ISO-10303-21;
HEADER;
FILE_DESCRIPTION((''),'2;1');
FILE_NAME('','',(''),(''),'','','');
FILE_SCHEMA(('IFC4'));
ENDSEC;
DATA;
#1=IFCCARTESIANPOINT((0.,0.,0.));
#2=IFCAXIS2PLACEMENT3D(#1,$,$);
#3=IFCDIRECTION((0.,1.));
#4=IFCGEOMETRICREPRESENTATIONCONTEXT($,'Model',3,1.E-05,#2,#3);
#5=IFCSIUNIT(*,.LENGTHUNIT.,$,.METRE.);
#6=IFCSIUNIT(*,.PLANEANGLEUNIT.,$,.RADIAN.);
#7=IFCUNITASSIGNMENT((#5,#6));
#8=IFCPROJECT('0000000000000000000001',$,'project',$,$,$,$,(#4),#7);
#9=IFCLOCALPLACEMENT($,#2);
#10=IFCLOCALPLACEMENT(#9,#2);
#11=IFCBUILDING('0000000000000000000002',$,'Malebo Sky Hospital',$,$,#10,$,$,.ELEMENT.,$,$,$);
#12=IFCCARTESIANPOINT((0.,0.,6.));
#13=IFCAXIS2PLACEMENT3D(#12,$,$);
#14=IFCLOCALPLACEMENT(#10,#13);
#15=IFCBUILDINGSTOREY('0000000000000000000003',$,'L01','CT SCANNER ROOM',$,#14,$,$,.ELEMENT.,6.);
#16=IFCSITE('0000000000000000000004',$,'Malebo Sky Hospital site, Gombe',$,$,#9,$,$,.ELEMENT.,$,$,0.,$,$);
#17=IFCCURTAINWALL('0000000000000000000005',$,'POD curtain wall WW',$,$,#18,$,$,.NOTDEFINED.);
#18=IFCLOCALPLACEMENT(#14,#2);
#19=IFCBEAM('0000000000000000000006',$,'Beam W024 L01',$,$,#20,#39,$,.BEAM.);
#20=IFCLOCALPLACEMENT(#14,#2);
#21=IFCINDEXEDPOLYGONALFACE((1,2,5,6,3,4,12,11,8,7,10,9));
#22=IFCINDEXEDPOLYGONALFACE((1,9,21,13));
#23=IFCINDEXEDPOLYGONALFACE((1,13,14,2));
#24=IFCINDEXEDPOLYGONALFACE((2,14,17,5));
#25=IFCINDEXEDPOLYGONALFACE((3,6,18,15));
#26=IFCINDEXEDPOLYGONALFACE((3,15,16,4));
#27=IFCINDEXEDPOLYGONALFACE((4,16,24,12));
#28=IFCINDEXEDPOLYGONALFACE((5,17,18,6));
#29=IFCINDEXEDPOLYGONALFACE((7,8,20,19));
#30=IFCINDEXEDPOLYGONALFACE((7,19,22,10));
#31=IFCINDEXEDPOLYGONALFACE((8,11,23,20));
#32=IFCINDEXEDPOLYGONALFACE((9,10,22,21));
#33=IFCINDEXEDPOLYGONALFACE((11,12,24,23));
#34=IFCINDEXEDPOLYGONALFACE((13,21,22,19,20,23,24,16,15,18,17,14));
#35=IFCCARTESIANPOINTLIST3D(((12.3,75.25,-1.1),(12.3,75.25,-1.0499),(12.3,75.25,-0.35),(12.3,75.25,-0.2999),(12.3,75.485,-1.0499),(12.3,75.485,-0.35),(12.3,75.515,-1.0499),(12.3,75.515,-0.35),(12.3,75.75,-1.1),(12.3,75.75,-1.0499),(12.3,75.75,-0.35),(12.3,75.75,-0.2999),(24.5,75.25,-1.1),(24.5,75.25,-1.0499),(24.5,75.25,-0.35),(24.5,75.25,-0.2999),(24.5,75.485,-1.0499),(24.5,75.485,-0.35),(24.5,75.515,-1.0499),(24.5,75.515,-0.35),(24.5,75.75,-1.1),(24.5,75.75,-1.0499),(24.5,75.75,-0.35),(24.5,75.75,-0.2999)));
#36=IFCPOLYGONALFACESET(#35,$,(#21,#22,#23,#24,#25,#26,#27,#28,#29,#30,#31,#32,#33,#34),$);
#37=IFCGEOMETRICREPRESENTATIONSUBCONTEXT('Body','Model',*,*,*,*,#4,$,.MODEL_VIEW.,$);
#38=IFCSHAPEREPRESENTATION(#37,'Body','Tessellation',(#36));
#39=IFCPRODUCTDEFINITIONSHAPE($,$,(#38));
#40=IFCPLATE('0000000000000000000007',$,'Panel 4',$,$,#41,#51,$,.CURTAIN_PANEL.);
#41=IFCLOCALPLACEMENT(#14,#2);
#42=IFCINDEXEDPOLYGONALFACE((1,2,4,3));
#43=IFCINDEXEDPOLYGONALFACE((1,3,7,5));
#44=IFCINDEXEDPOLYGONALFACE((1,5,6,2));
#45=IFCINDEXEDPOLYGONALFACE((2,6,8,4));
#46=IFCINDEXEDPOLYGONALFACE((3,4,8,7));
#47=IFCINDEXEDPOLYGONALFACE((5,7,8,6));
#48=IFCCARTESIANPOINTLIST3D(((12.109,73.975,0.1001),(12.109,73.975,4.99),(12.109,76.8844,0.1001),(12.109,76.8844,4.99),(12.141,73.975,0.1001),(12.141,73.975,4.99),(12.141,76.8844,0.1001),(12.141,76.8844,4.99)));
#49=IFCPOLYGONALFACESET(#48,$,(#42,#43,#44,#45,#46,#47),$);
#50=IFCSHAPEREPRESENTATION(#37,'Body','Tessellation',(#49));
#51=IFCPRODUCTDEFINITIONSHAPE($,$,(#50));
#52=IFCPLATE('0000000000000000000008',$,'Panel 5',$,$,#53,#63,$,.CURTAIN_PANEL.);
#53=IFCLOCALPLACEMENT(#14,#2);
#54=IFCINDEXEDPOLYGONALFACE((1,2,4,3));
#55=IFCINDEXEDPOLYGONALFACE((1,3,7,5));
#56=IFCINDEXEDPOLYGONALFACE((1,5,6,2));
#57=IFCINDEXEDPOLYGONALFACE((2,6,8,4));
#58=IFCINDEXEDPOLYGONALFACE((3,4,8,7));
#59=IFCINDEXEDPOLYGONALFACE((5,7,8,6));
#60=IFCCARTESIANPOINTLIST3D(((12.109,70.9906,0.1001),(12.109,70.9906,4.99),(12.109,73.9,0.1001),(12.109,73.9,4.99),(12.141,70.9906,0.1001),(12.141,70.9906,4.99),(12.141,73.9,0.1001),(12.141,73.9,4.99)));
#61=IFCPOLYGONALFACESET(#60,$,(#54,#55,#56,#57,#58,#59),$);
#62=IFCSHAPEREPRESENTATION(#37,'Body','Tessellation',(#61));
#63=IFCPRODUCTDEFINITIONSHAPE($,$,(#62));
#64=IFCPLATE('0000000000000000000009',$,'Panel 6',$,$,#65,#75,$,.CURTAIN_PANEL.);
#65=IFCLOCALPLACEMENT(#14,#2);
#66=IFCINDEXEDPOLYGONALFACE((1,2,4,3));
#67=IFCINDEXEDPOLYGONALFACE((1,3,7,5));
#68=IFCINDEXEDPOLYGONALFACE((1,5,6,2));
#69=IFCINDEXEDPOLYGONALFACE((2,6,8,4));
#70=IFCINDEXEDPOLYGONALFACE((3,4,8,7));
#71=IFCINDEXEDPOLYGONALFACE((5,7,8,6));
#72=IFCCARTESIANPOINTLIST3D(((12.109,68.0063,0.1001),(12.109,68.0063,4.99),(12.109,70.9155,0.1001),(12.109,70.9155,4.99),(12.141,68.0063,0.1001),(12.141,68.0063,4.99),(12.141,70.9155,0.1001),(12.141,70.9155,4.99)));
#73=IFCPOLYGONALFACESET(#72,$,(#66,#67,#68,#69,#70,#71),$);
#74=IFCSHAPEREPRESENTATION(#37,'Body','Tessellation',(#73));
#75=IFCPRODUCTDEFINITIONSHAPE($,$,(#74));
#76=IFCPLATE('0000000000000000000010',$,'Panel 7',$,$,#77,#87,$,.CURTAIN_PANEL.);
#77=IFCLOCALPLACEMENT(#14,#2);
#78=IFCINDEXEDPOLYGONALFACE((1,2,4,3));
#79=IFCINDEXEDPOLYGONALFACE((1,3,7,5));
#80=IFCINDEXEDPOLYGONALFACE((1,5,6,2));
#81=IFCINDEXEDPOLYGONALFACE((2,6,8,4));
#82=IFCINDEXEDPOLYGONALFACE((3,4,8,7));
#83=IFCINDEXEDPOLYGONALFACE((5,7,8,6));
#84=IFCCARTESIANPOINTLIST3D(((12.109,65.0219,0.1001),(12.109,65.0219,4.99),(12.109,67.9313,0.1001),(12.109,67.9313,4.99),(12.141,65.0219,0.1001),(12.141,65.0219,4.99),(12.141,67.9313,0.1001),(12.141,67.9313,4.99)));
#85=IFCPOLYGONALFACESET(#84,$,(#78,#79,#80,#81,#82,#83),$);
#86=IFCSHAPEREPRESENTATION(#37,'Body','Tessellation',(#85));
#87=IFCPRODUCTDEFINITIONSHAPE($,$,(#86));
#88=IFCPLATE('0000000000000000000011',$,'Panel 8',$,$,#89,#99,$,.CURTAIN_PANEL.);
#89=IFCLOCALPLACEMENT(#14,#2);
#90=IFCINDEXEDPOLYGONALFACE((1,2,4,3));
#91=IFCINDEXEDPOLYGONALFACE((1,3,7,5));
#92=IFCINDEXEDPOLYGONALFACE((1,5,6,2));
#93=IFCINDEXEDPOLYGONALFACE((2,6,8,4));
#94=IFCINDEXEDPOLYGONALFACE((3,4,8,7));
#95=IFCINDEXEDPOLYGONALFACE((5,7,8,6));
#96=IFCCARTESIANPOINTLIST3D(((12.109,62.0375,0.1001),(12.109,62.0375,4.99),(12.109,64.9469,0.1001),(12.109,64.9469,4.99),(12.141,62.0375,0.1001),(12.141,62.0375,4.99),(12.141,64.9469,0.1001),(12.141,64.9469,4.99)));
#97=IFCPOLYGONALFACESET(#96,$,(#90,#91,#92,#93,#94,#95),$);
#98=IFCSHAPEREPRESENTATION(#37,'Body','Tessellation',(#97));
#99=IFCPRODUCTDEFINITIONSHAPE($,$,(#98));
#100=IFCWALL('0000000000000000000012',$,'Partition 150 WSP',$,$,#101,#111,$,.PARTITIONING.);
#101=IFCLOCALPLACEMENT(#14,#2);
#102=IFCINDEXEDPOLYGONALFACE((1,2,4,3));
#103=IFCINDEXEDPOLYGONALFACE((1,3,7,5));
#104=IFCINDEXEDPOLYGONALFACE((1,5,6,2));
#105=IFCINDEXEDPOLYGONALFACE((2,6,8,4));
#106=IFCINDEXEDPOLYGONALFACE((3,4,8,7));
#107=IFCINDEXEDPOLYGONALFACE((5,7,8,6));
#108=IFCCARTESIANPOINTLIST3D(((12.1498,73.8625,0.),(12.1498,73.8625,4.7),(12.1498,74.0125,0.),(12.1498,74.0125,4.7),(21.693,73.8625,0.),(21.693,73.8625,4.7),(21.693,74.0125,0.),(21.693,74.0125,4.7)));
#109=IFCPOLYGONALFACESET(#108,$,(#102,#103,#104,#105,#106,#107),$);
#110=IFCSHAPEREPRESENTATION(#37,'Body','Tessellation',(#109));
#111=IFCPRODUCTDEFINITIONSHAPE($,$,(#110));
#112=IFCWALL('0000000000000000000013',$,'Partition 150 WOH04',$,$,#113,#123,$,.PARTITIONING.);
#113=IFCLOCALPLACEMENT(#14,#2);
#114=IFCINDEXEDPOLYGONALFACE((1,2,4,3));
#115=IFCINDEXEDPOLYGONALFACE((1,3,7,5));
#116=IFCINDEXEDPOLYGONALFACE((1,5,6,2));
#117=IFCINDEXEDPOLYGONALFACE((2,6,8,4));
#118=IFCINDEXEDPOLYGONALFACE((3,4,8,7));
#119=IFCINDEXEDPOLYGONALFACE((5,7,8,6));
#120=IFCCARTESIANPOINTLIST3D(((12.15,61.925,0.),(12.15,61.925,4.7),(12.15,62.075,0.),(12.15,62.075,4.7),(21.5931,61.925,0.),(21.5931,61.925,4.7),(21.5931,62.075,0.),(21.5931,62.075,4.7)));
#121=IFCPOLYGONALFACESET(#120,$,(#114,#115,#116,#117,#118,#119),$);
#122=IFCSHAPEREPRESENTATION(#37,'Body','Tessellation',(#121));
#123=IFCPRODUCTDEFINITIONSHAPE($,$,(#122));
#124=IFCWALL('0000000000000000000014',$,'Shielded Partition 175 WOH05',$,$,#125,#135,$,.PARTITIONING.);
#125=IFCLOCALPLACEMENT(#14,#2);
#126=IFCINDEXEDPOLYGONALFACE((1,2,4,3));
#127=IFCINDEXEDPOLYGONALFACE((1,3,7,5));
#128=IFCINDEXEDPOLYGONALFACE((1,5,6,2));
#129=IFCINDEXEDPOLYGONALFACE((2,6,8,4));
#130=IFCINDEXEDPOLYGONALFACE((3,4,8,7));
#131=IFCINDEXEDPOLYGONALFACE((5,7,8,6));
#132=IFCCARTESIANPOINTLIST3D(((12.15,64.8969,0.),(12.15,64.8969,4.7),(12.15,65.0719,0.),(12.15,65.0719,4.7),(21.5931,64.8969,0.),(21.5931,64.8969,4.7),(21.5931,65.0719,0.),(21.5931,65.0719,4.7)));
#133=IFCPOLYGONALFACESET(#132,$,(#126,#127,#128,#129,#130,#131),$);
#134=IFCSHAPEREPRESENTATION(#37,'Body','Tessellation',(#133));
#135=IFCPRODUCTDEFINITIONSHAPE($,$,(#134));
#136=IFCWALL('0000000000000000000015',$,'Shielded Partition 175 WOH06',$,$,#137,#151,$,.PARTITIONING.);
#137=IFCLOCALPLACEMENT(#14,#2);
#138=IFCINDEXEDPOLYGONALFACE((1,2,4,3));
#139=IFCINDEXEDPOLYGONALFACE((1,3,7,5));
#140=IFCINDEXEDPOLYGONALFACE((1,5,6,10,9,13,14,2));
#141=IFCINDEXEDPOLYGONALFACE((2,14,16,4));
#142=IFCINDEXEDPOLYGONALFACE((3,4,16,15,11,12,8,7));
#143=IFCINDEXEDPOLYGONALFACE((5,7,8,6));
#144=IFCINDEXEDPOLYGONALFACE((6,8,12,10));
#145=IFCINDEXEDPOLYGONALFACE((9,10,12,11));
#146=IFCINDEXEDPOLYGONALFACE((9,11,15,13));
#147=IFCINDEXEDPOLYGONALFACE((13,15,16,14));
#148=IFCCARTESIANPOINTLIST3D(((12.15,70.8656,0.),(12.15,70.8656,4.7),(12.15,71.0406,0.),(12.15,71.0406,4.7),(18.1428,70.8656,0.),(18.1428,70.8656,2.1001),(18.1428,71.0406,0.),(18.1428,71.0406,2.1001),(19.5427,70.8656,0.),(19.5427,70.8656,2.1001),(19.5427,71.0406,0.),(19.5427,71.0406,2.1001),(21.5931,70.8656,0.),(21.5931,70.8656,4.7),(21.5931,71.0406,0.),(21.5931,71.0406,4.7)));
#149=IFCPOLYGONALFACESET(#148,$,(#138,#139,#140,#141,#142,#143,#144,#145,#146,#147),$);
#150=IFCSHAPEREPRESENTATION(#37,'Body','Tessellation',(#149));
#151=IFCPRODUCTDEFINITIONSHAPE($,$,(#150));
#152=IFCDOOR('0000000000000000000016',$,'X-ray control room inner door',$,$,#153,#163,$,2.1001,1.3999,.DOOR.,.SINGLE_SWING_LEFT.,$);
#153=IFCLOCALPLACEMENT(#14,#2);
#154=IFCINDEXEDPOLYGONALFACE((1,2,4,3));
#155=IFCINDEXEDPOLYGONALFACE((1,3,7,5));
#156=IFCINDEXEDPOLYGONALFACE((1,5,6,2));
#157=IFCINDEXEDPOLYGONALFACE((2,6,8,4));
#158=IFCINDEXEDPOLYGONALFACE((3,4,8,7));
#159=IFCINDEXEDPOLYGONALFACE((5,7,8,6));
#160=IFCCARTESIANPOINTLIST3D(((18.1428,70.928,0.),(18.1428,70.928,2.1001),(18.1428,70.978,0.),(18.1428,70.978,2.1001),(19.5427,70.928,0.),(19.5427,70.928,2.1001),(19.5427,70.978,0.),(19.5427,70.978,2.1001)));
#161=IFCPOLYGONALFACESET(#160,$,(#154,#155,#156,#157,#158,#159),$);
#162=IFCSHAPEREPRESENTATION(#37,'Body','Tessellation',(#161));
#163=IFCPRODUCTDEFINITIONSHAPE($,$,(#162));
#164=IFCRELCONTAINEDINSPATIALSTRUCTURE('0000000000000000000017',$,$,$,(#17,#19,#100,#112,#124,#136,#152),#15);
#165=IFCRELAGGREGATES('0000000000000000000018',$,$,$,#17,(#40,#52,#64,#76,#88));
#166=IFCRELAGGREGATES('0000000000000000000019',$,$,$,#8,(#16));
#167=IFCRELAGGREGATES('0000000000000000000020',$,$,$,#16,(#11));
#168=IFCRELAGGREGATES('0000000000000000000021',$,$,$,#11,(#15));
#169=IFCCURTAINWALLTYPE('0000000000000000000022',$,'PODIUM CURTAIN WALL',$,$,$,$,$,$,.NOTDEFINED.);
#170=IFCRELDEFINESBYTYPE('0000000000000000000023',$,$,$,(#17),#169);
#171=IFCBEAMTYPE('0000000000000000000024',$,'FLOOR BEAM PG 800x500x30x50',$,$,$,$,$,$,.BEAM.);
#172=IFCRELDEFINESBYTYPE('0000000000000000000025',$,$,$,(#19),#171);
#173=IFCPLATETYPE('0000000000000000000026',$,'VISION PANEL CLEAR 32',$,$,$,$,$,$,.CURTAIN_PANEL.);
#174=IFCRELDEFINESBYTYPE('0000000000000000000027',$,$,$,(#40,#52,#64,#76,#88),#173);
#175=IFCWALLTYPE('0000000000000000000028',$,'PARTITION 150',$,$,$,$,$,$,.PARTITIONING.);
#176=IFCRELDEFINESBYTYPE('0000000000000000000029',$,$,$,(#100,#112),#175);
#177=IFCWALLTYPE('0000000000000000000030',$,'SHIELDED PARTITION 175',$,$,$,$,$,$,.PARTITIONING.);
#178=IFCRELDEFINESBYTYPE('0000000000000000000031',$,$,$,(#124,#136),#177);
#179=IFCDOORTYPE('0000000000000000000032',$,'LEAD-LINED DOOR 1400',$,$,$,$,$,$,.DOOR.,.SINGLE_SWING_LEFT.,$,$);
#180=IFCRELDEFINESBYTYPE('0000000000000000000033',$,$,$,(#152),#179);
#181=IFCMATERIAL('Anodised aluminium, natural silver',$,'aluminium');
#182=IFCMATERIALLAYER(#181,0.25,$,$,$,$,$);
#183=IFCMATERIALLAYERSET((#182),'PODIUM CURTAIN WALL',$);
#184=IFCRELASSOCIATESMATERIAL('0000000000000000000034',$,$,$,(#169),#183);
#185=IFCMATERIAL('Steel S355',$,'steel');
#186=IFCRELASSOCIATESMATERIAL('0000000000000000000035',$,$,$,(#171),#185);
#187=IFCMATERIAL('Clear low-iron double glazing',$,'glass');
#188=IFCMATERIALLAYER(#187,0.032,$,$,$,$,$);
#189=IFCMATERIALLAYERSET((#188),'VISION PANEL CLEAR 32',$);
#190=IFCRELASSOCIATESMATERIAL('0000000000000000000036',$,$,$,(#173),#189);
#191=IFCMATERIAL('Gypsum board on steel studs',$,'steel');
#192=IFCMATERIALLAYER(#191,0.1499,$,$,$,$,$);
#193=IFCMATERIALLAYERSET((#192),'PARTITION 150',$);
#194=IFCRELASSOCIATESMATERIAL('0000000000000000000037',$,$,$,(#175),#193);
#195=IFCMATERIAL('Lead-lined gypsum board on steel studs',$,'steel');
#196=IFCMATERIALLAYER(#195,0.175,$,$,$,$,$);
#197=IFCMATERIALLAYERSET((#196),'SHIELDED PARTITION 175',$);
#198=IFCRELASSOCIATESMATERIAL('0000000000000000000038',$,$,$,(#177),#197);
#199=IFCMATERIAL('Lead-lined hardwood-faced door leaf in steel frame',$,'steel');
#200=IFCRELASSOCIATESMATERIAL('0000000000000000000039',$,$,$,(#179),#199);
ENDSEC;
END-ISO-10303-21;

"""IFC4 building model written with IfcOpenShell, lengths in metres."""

from ifc_helpers import new_model, si_unit, direction, frame, frame_2d, origin, origin_2d, place, context, subcontext, project, spatial, rectangle, i_section, extrude, material, layer, layer_set, material_profile, profile_set, type_object, element, fill, aggregate, save


model = new_model("IFC4")

# Units and contexts
model_context = context("Model", 3, precision=1e-05, world=origin(), true_north=direction((0.0, 1.0)))
body_context = subcontext(model_context, "Body", "Model", "MODEL_VIEW")
ifc_project = project(units=[si_unit("LENGTHUNIT", "METRE"), si_unit("PLANEANGLEUNIT", "RADIAN")], contexts=[model_context])

# Site, building, storey
site_placement = place(None, origin())
site = spatial("IfcSite", under=ifc_project, at=site_placement, Name="Malebo Sky Hospital site, Gombe", CompositionType="ELEMENT", RefElevation=0.0)
building_placement = place(site_placement, origin())
building = spatial("IfcBuilding", under=site, at=building_placement, Name="Malebo Sky Hospital", CompositionType="ELEMENT")
storey_placement = place(building_placement, frame((0.0, 0.0, 6.0)))
storey = spatial("IfcBuildingStorey", under=building, at=storey_placement, Name="L01", Description="CT SCANNER ROOM", CompositionType="ELEMENT", Elevation=6.0)

# Curtain wall
ifc_material_1 = material(Name="Anodised aluminium, natural silver", Category="aluminium")
ifc_layer_1 = layer(ifc_material_1, 0.25)
ifc_layer_set_1 = layer_set([ifc_layer_1], Name="PODIUM CURTAIN WALL")
curtain_wall_type = type_object("IfcCurtainWallType", Name="PODIUM CURTAIN WALL", PredefinedType="NOTDEFINED", material=ifc_layer_set_1)
curtain_wall_placement = place(storey_placement, origin())
curtain_wall = element("IfcCurtainWall", 1, at=curtain_wall_placement, inside=storey, type_object=curtain_wall_type, Name="POD curtain wall WW", PredefinedType="NOTDEFINED")

# Beam
ifc_material_2 = material(Name="Steel S355", Category="steel")
ifc_material_profile_1 = material_profile(ifc_material_2, i_section(OverallWidth=0.5, OverallDepth=0.8, WebThickness=0.03, FlangeThickness=0.05, at=origin_2d()), Name="PG 800x500x30x50")
ifc_profile_set_1 = profile_set([ifc_material_profile_1], Name="Steel S355")
beam_type = type_object("IfcBeamType", Name="FLOOR BEAM PG 800x500x30x50", PredefinedType="BEAM", material=ifc_profile_set_1)
for number, where, z_axis, x_axis, name in (
    (2, (12.3, 75.5, -0.7), (1.0, 0.0, 0.0), (0.0, 1.0, 0.0), "Beam W024 L01"),
):
    element("IfcBeam", number, at=place(storey_placement, frame(where, z_axis=z_axis, x_axis=x_axis)), inside=storey, type_object=beam_type, Name=name, PredefinedType="BEAM", context=body_context, shape_type="SweptSolid", body=[
        extrude(i_section(OverallWidth=0.5, OverallDepth=0.8, WebThickness=0.03, FlangeThickness=0.05, at=origin_2d()), origin(), (0.0, 0.0, 1.0), 12.2),
    ])

# Plates
ifc_material_3 = material(Name="Clear low-iron double glazing", Category="glass")
ifc_layer_2 = layer(ifc_material_3, 0.032)
ifc_layer_set_2 = layer_set([ifc_layer_2], Name="VISION PANEL CLEAR 32")
plate_type = type_object("IfcPlateType", Name="VISION PANEL CLEAR 32", PredefinedType="CURTAIN_PANEL", material=ifc_layer_set_2)
plate_1_placement = place(storey_placement, frame((12.125, 75.4297, 0.1001), z_axis=(0.0, 0.0, 1.0), x_axis=(0.0, -1.0, 0.0)))
plate_1 = element("IfcPlate", 3, at=plate_1_placement, type_object=plate_type, Name="Panel 4", PredefinedType="CURTAIN_PANEL", context=body_context, shape_type="SweptSolid", body=[
    extrude(rectangle(XDim=2.9094, YDim=0.032, at=origin_2d()), origin(), (0.0, 0.0, 1.0), 4.8899),
])
plate_2_placement = place(storey_placement, frame((12.125, 72.4453, 0.1001), z_axis=(0.0, 0.0, 1.0), x_axis=(0.0, -1.0, 0.0)))
plate_2 = element("IfcPlate", 4, at=plate_2_placement, type_object=plate_type, Name="Panel 5", PredefinedType="CURTAIN_PANEL", context=body_context, shape_type="SweptSolid", body=[
    extrude(rectangle(XDim=2.9094, YDim=0.032, at=origin_2d()), origin(), (0.0, 0.0, 1.0), 4.8899),
])
plate_3_placement = place(storey_placement, frame((12.125, 69.4609, 0.1001), z_axis=(0.0, 0.0, 1.0), x_axis=(0.0, -1.0, 0.0)))
plate_3 = element("IfcPlate", 5, at=plate_3_placement, type_object=plate_type, Name="Panel 6", PredefinedType="CURTAIN_PANEL", context=body_context, shape_type="SweptSolid", body=[
    extrude(rectangle(XDim=2.9092, YDim=0.032, at=origin_2d()), origin(), (0.0, 0.0, 1.0), 4.8899),
])
plate_4_placement = place(storey_placement, frame((12.125, 66.4766, 0.1001), z_axis=(0.0, 0.0, 1.0), x_axis=(0.0, -1.0, 0.0)))
plate_4 = element("IfcPlate", 6, at=plate_4_placement, type_object=plate_type, Name="Panel 7", PredefinedType="CURTAIN_PANEL", context=body_context, shape_type="SweptSolid", body=[
    extrude(rectangle(XDim=2.9094, YDim=0.032, at=origin_2d()), origin(), (0.0, 0.0, 1.0), 4.8899),
])
plate_5_placement = place(storey_placement, frame((12.125, 63.4922, 0.1001), z_axis=(0.0, 0.0, 1.0), x_axis=(0.0, -1.0, 0.0)))
plate_5 = element("IfcPlate", 7, at=plate_5_placement, type_object=plate_type, Name="Panel 8", PredefinedType="CURTAIN_PANEL", context=body_context, shape_type="SweptSolid", body=[
    extrude(rectangle(XDim=2.9094, YDim=0.032, at=origin_2d()), origin(), (0.0, 0.0, 1.0), 4.8899),
])
aggregate(curtain_wall, [plate_1, plate_2, plate_3, plate_4, plate_5])

# Walls
ifc_material_4 = material(Name="Gypsum board on steel studs", Category="steel")
ifc_layer_3 = layer(ifc_material_4, 0.1499)
ifc_layer_set_3 = layer_set([ifc_layer_3], Name="PARTITION 150")
wall_type_1 = type_object("IfcWallType", Name="PARTITION 150", PredefinedType="PARTITIONING", material=ifc_layer_set_3)
wall_1_placement = place(storey_placement, frame((12.1499, 73.9375, 0.0), z_axis=(0.0, 0.0, 1.0), x_axis=(1.0, 0.0, 0.0)))
element("IfcWall", 8, at=wall_1_placement, inside=storey, type_object=wall_type_1, Name="Partition 150 WSP", PredefinedType="PARTITIONING", context=body_context, shape_type="SweptSolid", body=[
    extrude(rectangle(XDim=9.5432, YDim=0.1499, at=frame_2d((4.7715, 0.0))), origin(), (0.0, 0.0, 1.0), 4.7),
])
wall_2_placement = place(storey_placement, frame((12.1499, 62.0, 0.0), z_axis=(0.0, 0.0, 1.0), x_axis=(1.0, 0.0, 0.0)))
element("IfcWall", 9, at=wall_2_placement, inside=storey, type_object=wall_type_1, Name="Partition 150 WOH04", PredefinedType="PARTITIONING", context=body_context, shape_type="SweptSolid", body=[
    extrude(rectangle(XDim=9.4431, YDim=0.1499, at=frame_2d((4.7217, 0.0))), origin(), (0.0, 0.0, 1.0), 4.7),
])
ifc_material_5 = material(Name="Lead-lined gypsum board on steel studs", Category="steel")
ifc_layer_4 = layer(ifc_material_5, 0.175)
ifc_layer_set_4 = layer_set([ifc_layer_4], Name="SHIELDED PARTITION 175")
wall_type_2 = type_object("IfcWallType", Name="SHIELDED PARTITION 175", PredefinedType="PARTITIONING", material=ifc_layer_set_4)
wall_3_placement = place(storey_placement, frame((12.1499, 64.9844, 0.0), z_axis=(0.0, 0.0, 1.0), x_axis=(1.0, 0.0, 0.0)))
element("IfcWall", 10, at=wall_3_placement, inside=storey, type_object=wall_type_2, Name="Shielded Partition 175 WOH05", PredefinedType="PARTITIONING", context=body_context, shape_type="SweptSolid", body=[
    extrude(rectangle(XDim=9.4431, YDim=0.175, at=frame_2d((4.7217, 0.0))), origin(), (0.0, 0.0, 1.0), 4.7),
])

# Wall, opening, door
wall_4_placement = place(storey_placement, frame((12.1499, 70.9531, 0.0), z_axis=(0.0, 0.0, 1.0), x_axis=(1.0, 0.0, 0.0)))
wall_4 = element("IfcWall", 11, at=wall_4_placement, inside=storey, type_object=wall_type_2, Name="Shielded Partition 175 WOH06", PredefinedType="PARTITIONING", context=body_context, shape_type="SweptSolid", body=[
    extrude(rectangle(XDim=9.4431, YDim=0.175, at=frame_2d((4.7217, 0.0))), origin(), (0.0, 0.0, 1.0), 4.7),
])
opening_placement = place(wall_4_placement, frame((5.9929, 0.0, 0.0)))
opening = element("IfcOpeningElement", 12, at=opening_placement, cuts=wall_4, PredefinedType="OPENING", context=body_context, shape_type="SweptSolid", body=[
    extrude(rectangle(XDim=1.3999, YDim=2.1001, at=frame_2d((0.7, 1.05))), frame((0.0, 0.0974, 0.0), z_axis=(0.0, -1.0, 0.0), x_axis=(1.0, 0.0, 0.0)), (0.0, 0.0, 1.0), 0.1951),
])
ifc_material_6 = material(Name="Lead-lined hardwood-faced door leaf in steel frame", Category="steel")
door_type = type_object("IfcDoorType", Name="LEAD-LINED DOOR 1400", OperationType="SINGLE_SWING_LEFT", PredefinedType="DOOR", material=ifc_material_6)
door_placement = place(opening_placement, origin())
door = element("IfcDoor", 13, at=door_placement, inside=storey, type_object=door_type, Name="X-ray control room inner door", OperationType="SINGLE_SWING_LEFT", OverallHeight=2.1001, OverallWidth=1.3999, PredefinedType="DOOR", context=body_context, shape_type="SweptSolid", body=[
    extrude(rectangle(XDim=1.3999, YDim=2.1001, at=frame_2d((0.7, 1.05))), frame((0.0, 0.0249, 0.0), z_axis=(0.0, -1.0, 0.0), x_axis=(1.0, 0.0, 0.0)), (0.0, 0.0, 1.0), 0.05),
])
fill(opening, door)

save(model, "model.ifc")
